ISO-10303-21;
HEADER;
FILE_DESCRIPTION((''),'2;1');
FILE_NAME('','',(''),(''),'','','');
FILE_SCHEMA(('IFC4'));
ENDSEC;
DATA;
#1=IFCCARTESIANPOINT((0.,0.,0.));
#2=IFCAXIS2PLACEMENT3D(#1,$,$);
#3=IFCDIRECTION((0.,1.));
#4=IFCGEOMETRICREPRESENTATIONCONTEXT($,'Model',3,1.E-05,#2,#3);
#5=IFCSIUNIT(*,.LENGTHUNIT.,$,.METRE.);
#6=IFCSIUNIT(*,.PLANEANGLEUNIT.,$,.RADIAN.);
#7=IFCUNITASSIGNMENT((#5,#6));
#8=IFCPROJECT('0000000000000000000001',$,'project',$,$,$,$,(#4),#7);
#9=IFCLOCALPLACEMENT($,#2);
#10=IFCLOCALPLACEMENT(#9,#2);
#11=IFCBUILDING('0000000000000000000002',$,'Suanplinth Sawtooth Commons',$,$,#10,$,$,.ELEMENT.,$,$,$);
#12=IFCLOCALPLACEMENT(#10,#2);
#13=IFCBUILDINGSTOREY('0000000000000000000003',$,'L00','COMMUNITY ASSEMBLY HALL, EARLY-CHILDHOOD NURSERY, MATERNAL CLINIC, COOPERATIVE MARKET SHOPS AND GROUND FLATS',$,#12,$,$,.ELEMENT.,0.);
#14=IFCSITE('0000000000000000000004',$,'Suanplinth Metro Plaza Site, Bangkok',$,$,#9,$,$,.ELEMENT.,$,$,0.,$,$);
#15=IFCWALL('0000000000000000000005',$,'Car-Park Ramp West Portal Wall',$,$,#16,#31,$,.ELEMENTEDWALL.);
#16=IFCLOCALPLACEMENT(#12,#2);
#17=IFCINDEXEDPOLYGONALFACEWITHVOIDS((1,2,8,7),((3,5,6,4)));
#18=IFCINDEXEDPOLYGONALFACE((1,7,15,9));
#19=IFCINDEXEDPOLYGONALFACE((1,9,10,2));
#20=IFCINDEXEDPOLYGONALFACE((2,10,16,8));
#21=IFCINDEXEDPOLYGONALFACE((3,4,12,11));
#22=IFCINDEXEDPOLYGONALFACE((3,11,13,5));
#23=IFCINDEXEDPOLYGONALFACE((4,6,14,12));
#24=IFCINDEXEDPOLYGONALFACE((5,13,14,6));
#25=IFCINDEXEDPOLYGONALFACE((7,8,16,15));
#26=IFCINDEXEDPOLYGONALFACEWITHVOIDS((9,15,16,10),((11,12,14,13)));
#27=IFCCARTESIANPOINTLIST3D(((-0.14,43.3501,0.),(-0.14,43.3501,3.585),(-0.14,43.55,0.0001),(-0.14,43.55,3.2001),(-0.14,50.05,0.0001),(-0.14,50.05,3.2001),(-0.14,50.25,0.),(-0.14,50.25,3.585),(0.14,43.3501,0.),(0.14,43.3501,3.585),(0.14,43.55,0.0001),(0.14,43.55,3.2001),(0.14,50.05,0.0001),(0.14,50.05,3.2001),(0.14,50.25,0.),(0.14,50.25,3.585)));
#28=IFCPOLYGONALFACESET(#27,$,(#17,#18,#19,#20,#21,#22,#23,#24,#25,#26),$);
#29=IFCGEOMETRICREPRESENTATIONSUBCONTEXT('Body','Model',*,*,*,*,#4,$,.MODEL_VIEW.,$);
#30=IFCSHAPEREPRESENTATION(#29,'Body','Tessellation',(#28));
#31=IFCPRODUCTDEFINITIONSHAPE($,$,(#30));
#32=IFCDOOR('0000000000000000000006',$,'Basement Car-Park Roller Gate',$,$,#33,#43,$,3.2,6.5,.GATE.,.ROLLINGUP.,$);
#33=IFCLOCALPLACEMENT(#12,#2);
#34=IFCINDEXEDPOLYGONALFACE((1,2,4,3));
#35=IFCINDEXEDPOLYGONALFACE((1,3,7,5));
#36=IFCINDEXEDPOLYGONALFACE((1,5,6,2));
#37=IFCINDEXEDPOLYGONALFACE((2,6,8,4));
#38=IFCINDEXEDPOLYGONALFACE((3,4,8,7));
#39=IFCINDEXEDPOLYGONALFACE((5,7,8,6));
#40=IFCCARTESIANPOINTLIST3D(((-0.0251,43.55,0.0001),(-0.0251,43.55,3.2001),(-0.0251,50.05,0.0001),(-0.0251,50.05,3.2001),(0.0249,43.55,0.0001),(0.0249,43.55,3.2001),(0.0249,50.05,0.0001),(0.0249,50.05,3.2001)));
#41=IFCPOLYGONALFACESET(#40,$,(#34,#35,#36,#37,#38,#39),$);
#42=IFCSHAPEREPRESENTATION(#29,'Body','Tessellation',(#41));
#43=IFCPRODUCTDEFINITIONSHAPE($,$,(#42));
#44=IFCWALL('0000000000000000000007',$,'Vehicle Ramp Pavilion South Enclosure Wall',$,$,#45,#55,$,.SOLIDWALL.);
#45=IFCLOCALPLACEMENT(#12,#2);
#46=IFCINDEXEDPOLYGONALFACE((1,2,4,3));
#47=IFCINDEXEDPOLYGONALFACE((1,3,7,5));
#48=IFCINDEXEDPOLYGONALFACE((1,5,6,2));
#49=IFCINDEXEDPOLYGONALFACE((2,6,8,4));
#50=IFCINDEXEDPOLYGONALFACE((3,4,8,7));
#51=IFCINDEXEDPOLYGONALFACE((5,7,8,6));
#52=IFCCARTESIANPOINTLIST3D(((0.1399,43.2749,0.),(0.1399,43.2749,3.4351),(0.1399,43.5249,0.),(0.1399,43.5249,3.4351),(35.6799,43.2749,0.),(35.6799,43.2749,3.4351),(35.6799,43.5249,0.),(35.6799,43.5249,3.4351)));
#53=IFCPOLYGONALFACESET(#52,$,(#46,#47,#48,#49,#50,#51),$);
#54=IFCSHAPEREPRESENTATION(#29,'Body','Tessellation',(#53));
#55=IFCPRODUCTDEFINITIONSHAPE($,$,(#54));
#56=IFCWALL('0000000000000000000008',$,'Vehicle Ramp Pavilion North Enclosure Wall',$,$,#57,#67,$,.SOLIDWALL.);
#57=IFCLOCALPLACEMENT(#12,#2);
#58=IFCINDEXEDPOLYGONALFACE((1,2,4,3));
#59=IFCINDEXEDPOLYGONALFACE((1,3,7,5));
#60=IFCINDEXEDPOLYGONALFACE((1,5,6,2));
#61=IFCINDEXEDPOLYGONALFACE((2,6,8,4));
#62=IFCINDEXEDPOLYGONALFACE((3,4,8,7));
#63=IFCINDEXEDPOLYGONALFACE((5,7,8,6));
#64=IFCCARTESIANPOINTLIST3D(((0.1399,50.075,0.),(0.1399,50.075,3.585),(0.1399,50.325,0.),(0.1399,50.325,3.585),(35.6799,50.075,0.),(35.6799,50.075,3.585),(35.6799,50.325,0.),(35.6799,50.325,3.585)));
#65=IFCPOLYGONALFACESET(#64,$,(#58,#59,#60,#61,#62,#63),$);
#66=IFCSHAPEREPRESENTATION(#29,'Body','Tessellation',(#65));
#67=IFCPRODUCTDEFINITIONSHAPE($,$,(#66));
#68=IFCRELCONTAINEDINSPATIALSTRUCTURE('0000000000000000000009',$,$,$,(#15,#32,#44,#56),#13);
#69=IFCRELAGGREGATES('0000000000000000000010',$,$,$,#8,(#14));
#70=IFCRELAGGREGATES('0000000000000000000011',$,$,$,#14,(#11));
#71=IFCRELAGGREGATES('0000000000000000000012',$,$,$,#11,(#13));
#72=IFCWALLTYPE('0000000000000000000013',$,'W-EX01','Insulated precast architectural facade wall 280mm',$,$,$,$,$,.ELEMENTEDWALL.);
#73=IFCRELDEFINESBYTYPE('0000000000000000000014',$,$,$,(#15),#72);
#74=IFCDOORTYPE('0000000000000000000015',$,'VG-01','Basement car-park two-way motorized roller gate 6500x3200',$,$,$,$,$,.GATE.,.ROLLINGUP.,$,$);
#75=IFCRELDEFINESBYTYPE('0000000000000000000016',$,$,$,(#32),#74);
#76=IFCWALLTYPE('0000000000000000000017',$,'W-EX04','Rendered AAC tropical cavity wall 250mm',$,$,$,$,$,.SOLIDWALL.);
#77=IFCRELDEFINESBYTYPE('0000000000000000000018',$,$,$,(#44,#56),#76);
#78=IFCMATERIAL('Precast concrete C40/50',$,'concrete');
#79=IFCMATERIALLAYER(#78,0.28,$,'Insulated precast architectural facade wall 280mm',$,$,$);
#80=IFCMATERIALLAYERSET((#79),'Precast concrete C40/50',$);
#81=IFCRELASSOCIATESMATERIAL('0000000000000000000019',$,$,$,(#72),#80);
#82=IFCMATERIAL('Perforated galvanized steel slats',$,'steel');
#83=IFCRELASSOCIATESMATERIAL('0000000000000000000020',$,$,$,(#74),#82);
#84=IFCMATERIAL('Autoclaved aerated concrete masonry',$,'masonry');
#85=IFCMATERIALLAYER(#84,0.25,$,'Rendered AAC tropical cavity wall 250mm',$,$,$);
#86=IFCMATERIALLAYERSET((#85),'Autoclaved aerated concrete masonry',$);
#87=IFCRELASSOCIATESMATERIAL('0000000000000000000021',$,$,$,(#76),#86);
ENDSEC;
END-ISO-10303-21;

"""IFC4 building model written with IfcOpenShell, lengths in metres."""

from ifc_helpers import new_model, si_unit, direction, frame, frame_2d, origin, place, context, subcontext, project, spatial, rectangle, extrude, material, layer, layer_set, type_object, element, fill, save


model = new_model("IFC4")

# Units and contexts
model_context = context("Model", 3, precision=1e-05, world=origin(), true_north=direction((0.0, 1.0)))
body_context = subcontext(model_context, "Body", "Model", "MODEL_VIEW")
ifc_project = project(units=[si_unit("LENGTHUNIT", "METRE"), si_unit("PLANEANGLEUNIT", "RADIAN")], contexts=[model_context])

# Site, building, storey
site_placement = place(None, origin())
site = spatial("IfcSite", under=ifc_project, at=site_placement, Name="Suanplinth Metro Plaza Site, Bangkok", CompositionType="ELEMENT", RefElevation=0.0)
building_placement = place(site_placement, origin())
building = spatial("IfcBuilding", under=site, at=building_placement, Name="Suanplinth Sawtooth Commons", CompositionType="ELEMENT")
storey_placement = place(building_placement, origin())
storey = spatial("IfcBuildingStorey", under=building, at=storey_placement, Name="L00", Description="COMMUNITY ASSEMBLY HALL, EARLY-CHILDHOOD NURSERY, MATERNAL CLINIC, COOPERATIVE MARKET SHOPS AND GROUND FLATS", CompositionType="ELEMENT", Elevation=0.0)

# Shared definitions
ifc_material_1 = material(Name="Precast concrete C40/50", Category="concrete")

# Wall, opening, door
ifc_layer_1 = layer(ifc_material_1, 0.28, Name="Insulated precast architectural facade wall 280mm")
ifc_layer_set_1 = layer_set([ifc_layer_1], Name="Precast concrete C40/50")
wall_type_1 = type_object("IfcWallType", Name="W-EX01", Description="Insulated precast architectural facade wall 280mm", PredefinedType="ELEMENTEDWALL", material=ifc_layer_set_1)
wall_1_placement = place(storey_placement, frame((0.0, 43.3501, 0.0), z_axis=(0.0, 0.0, 1.0), x_axis=(0.0, 1.0, 0.0)))
wall_1 = element("IfcWall", 1, at=wall_1_placement, inside=storey, type_object=wall_type_1, Name="Car-Park Ramp West Portal Wall", PredefinedType="ELEMENTEDWALL", context=body_context, shape_type="SweptSolid", body=[
    extrude(rectangle(XDim=6.8999, YDim=0.28, at=frame_2d((3.45, 0.0))), origin(), (0.0, 0.0, 1.0), 3.585),
])
opening_placement = place(wall_1_placement, frame((0.2, 0.0, 0.0)))
opening = element("IfcOpeningElement", 2, at=opening_placement, cuts=wall_1, PredefinedType="OPENING", context=body_context, shape_type="SweptSolid", body=[
    extrude(rectangle(XDim=6.5, YDim=3.2, at=frame_2d((3.25, 1.6001))), frame((0.0, 0.1548, 0.0), z_axis=(0.0, -1.0, 0.0), x_axis=(1.0, 0.0, 0.0)), (0.0, 0.0, 1.0), 0.3098),
])
ifc_material_2 = material(Name="Perforated galvanized steel slats", Category="steel")
door_type = type_object("IfcDoorType", Name="VG-01", Description="Basement car-park two-way motorized roller gate 6500x3200", OperationType="ROLLINGUP", PredefinedType="GATE", material=ifc_material_2)
door_placement = place(opening_placement, frame((6.5, 0.0, 0.0), z_axis=(0.0, 0.0, 1.0), x_axis=(-1.0, 0.0, 0.0)))
door = element("IfcDoor", 3, at=door_placement, inside=storey, type_object=door_type, Name="Basement Car-Park Roller Gate", OperationType="ROLLINGUP", OverallHeight=3.2, OverallWidth=6.5, PredefinedType="GATE", context=body_context, shape_type="SweptSolid", body=[
    extrude(rectangle(XDim=6.5, YDim=3.2, at=frame_2d((3.25, 1.6001))), frame((0.0, 0.0249, 0.0), z_axis=(0.0, -1.0, 0.0), x_axis=(1.0, 0.0, 0.0)), (0.0, 0.0, 1.0), 0.05),
])
fill(opening, door)

# Walls
ifc_material_3 = material(Name="Autoclaved aerated concrete masonry", Category="masonry")
ifc_layer_2 = layer(ifc_material_3, 0.25, Name="Rendered AAC tropical cavity wall 250mm")
ifc_layer_set_2 = layer_set([ifc_layer_2], Name="Autoclaved aerated concrete masonry")
wall_type_2 = type_object("IfcWallType", Name="W-EX04", Description="Rendered AAC tropical cavity wall 250mm", PredefinedType="SOLIDWALL", material=ifc_layer_set_2)
wall_2_placement = place(storey_placement, frame((0.1399, 43.3999, 0.0), z_axis=(0.0, 0.0, 1.0), x_axis=(1.0, 0.0, 0.0)))
element("IfcWall", 4, at=wall_2_placement, inside=storey, type_object=wall_type_2, Name="Vehicle Ramp Pavilion South Enclosure Wall", PredefinedType="SOLIDWALL", context=body_context, shape_type="SweptSolid", body=[
    extrude(rectangle(XDim=35.54, YDim=0.25, at=frame_2d((17.77, 0.0))), origin(), (0.0, 0.0, 1.0), 3.4351),
])
wall_3_placement = place(storey_placement, frame((0.1399, 50.2, 0.0), z_axis=(0.0, 0.0, 1.0), x_axis=(1.0, 0.0, 0.0)))
element("IfcWall", 5, at=wall_3_placement, inside=storey, type_object=wall_type_2, Name="Vehicle Ramp Pavilion North Enclosure Wall", PredefinedType="SOLIDWALL", context=body_context, shape_type="SweptSolid", body=[
    extrude(rectangle(XDim=35.54, YDim=0.25, at=frame_2d((17.77, 0.0))), origin(), (0.0, 0.0, 1.0), 3.585),
])

save(model, "model.ifc")
